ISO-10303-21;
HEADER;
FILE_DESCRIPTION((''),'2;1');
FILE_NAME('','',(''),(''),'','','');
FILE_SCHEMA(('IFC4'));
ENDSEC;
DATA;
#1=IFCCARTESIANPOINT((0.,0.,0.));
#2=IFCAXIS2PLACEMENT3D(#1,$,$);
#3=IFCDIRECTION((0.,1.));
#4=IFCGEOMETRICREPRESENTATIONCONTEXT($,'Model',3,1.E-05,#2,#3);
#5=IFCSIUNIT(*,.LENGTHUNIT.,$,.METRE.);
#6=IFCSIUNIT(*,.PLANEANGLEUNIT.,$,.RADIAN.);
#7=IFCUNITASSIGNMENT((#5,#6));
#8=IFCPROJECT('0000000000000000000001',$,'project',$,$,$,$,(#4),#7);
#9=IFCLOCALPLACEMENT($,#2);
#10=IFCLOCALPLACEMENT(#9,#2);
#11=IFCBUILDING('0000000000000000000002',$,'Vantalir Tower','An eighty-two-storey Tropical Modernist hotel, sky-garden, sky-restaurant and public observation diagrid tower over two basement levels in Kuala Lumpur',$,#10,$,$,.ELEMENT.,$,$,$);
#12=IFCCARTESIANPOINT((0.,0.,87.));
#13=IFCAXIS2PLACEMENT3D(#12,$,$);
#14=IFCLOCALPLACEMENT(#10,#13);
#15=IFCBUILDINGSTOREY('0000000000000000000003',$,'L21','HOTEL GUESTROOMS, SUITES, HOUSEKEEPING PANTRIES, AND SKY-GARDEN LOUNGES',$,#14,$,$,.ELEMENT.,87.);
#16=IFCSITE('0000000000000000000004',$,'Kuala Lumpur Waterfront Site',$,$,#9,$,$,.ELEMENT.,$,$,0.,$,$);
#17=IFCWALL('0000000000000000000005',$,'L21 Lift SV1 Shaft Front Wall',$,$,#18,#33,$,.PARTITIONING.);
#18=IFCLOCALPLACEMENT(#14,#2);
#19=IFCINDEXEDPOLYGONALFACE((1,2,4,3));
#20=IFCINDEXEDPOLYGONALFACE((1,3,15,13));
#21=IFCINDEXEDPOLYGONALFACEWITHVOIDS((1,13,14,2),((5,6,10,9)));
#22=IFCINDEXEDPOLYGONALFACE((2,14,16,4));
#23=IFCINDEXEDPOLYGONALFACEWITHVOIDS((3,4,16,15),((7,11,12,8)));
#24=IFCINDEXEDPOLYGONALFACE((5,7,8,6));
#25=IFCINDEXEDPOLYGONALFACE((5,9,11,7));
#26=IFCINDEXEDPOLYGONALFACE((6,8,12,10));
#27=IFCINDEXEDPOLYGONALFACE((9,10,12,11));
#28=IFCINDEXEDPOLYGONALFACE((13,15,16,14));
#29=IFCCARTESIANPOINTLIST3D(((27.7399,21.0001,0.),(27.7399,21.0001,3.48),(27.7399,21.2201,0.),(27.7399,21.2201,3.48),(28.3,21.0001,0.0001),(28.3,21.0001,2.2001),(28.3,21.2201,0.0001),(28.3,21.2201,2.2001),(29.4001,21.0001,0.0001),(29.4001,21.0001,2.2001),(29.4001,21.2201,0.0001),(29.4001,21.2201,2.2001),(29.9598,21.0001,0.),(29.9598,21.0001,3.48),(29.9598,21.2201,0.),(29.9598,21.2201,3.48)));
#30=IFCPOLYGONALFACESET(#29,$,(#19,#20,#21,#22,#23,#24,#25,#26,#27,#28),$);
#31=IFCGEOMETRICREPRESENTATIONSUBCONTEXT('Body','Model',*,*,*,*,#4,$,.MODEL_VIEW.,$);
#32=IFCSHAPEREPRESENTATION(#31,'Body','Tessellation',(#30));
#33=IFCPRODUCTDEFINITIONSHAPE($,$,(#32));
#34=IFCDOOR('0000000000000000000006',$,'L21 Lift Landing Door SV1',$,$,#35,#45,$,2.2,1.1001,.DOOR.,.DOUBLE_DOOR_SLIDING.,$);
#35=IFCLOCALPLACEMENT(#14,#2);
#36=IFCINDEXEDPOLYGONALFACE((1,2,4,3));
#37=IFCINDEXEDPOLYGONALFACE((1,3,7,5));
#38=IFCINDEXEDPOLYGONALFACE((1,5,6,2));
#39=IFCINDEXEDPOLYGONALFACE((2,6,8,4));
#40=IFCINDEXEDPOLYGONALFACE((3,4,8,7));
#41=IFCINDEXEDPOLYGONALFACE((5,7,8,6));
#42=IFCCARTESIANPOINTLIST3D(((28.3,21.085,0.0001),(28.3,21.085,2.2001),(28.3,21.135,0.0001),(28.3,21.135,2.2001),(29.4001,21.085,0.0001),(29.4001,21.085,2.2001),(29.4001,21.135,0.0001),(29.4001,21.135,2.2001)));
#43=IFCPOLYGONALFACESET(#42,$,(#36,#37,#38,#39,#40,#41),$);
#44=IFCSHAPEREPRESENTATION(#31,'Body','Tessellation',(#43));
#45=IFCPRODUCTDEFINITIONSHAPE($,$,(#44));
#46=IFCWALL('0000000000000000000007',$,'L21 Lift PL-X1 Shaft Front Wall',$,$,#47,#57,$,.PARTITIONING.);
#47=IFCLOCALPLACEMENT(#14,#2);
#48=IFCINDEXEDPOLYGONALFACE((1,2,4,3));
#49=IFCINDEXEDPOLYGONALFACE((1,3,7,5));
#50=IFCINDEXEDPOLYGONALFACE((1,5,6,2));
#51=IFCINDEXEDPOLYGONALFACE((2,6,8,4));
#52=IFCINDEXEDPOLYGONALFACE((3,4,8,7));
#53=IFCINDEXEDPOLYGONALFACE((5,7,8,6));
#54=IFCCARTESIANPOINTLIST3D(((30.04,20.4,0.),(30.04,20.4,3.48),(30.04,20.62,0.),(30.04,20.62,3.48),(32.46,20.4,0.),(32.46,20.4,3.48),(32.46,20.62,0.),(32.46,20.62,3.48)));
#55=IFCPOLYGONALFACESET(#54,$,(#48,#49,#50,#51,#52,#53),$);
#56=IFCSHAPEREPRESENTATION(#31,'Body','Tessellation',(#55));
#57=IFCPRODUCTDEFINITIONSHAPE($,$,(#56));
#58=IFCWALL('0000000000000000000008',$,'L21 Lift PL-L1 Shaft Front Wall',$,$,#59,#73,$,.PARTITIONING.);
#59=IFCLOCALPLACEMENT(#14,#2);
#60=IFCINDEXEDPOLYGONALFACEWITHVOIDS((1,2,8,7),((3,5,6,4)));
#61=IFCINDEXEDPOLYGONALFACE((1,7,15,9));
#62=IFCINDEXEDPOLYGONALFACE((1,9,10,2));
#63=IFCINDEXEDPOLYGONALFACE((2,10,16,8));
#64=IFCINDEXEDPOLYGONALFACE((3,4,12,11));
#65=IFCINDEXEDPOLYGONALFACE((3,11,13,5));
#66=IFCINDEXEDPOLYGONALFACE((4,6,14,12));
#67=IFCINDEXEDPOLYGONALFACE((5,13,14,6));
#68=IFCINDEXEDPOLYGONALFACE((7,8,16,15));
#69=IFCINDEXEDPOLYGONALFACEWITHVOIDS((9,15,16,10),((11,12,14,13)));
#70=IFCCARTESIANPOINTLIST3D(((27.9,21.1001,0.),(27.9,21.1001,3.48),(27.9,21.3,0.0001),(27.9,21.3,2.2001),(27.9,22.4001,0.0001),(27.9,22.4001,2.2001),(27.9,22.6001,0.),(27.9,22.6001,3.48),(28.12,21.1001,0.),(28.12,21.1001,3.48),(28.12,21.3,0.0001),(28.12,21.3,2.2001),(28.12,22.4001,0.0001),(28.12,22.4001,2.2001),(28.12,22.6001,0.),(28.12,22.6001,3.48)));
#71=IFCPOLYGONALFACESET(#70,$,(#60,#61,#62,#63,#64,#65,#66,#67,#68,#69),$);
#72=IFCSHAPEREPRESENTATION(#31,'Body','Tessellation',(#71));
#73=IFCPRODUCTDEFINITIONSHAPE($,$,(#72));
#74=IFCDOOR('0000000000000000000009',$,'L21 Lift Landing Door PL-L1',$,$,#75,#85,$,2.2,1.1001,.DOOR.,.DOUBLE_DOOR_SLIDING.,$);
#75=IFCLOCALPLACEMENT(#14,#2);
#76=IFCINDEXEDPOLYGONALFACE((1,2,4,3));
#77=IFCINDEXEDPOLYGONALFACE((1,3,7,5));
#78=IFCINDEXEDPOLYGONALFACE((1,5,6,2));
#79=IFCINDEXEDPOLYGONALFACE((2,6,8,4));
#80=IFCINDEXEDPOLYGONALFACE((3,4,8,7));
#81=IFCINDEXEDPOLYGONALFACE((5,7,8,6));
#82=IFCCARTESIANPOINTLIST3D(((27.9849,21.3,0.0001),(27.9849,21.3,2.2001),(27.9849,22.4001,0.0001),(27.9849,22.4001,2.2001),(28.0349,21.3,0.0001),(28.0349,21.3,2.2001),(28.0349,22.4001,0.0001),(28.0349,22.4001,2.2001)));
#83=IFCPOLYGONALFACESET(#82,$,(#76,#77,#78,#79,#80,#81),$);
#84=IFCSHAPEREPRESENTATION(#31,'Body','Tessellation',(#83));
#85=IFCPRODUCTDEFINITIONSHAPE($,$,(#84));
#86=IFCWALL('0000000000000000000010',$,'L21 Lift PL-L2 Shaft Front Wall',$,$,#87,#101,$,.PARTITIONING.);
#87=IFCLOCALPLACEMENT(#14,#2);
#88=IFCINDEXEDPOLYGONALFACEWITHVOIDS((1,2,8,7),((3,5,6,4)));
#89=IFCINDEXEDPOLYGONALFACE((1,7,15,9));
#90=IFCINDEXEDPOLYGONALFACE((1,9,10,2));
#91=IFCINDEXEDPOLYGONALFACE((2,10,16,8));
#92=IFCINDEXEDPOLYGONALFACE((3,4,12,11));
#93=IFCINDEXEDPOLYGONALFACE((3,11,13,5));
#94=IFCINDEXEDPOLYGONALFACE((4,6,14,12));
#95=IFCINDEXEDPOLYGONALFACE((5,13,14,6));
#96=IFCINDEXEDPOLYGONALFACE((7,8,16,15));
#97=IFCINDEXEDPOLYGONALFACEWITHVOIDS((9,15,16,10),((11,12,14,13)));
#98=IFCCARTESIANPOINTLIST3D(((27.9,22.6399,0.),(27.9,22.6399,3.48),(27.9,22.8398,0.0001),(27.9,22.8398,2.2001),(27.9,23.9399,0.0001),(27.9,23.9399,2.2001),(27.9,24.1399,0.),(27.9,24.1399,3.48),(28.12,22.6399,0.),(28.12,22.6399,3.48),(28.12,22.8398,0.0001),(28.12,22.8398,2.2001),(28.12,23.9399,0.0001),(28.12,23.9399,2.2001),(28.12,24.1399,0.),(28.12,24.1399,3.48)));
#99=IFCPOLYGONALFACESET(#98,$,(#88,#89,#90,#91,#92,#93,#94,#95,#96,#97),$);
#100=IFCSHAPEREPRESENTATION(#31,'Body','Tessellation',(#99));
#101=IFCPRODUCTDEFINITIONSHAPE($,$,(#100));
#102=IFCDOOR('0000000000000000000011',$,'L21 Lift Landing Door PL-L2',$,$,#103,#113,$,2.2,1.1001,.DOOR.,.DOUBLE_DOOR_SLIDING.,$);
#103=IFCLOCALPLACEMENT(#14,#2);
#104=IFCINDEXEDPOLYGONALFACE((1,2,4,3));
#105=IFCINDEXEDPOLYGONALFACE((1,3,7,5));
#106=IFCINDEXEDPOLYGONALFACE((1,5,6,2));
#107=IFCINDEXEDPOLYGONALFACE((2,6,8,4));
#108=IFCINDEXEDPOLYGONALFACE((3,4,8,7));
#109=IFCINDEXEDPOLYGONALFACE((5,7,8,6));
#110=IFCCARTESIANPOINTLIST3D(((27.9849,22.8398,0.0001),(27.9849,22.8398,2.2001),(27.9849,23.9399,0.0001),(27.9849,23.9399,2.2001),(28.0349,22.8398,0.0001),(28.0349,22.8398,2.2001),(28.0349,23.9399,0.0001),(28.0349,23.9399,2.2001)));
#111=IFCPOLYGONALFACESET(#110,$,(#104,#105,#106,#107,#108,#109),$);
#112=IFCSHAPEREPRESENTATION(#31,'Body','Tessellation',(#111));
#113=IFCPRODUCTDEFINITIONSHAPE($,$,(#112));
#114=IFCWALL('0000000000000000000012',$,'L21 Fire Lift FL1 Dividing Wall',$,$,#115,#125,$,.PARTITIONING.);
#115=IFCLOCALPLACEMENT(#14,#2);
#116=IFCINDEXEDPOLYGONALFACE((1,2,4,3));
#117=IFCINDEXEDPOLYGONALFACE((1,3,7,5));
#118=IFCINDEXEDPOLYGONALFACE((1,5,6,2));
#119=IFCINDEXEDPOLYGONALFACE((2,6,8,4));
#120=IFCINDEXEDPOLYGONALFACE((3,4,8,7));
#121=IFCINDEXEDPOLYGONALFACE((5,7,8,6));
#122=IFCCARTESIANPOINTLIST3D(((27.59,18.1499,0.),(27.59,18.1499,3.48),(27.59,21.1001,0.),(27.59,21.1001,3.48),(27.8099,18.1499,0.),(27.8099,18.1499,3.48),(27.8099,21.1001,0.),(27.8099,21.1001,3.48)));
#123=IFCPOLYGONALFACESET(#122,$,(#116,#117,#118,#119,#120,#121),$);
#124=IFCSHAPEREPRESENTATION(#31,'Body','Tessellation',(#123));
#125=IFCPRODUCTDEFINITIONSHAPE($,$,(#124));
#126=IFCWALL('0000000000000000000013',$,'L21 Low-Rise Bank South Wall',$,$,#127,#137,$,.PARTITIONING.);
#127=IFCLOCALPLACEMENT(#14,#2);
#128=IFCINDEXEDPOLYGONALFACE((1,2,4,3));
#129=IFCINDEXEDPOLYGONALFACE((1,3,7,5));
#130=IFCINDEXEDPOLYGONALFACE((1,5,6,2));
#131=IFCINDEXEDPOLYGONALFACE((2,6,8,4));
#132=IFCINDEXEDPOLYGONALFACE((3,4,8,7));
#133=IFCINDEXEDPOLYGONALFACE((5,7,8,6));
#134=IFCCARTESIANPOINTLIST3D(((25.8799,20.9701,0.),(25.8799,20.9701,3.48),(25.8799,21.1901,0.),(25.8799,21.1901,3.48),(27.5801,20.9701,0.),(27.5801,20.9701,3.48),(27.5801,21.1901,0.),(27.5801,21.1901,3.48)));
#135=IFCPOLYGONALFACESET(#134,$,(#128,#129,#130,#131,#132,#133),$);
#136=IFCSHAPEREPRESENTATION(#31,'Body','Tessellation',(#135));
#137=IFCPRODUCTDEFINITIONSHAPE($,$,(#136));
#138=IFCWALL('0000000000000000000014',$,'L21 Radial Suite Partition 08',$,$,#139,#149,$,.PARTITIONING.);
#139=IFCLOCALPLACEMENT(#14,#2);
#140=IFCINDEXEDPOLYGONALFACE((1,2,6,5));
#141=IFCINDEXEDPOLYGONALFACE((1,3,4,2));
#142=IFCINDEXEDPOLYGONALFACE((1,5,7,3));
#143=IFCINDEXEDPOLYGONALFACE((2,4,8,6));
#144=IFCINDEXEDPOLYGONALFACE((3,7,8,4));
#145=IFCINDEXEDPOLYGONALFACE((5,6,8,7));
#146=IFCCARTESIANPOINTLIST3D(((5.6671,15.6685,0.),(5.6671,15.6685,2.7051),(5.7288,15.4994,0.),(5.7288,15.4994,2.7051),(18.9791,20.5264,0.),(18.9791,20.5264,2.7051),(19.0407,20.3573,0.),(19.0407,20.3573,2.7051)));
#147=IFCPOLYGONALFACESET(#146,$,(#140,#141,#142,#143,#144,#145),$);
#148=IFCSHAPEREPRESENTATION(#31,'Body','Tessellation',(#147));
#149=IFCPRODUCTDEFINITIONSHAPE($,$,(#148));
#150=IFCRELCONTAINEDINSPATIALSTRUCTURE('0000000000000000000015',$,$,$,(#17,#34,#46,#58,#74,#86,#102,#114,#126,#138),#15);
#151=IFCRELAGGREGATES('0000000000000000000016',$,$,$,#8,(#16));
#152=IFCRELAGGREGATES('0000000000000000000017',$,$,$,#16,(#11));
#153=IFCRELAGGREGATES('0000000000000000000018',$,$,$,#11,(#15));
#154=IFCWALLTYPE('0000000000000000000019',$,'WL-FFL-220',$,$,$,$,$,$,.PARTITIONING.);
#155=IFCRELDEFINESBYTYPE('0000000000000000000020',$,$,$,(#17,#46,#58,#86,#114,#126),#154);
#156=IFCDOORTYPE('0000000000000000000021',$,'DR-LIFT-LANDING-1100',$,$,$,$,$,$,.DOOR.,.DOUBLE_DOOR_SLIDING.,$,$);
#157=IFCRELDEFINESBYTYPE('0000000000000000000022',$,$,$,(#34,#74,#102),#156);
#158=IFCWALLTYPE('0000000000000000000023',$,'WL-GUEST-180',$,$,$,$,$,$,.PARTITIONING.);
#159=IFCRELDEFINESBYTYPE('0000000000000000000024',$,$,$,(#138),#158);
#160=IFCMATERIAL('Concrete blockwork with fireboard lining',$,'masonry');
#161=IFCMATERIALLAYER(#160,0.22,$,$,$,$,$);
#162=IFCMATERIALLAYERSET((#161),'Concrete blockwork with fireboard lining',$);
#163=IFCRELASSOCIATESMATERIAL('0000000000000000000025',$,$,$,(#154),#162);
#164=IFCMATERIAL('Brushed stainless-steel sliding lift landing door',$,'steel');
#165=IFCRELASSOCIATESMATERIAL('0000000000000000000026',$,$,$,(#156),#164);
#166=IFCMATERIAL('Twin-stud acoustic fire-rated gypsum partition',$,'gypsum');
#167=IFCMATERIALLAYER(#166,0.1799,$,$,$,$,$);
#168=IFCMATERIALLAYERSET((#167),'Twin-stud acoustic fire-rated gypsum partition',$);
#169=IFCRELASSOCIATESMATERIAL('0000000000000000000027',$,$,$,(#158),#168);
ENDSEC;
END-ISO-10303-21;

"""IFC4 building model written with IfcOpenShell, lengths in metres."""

from ifc_helpers import new_model, si_unit, direction, frame, frame_2d, origin, place, context, subcontext, project, spatial, rectangle, extrude, material, layer, layer_set, type_object, element, fill, save


model = new_model("IFC4")

# Units and contexts
model_context = context("Model", 3, precision=1e-05, world=origin(), true_north=direction((0.0, 1.0)))
body_context = subcontext(model_context, "Body", "Model", "MODEL_VIEW")
ifc_project = project(units=[si_unit("LENGTHUNIT", "METRE"), si_unit("PLANEANGLEUNIT", "RADIAN")], contexts=[model_context])

# Site, building, storey
site_placement = place(None, origin())
site = spatial("IfcSite", under=ifc_project, at=site_placement, Name="Kuala Lumpur Waterfront Site", CompositionType="ELEMENT", RefElevation=0.0)
building_placement = place(site_placement, origin())
building = spatial("IfcBuilding", under=site, at=building_placement, Name="Vantalir Tower", Description="An eighty-two-storey Tropical Modernist hotel, sky-garden, sky-restaurant and public observation diagrid tower over two basement levels in Kuala Lumpur", CompositionType="ELEMENT")
storey_placement = place(building_placement, frame((0.0, 0.0, 87.0)))
storey = spatial("IfcBuildingStorey", under=building, at=storey_placement, Name="L21", Description="HOTEL GUESTROOMS, SUITES, HOUSEKEEPING PANTRIES, AND SKY-GARDEN LOUNGES", CompositionType="ELEMENT", Elevation=87.0)

# Shared definitions
ifc_material_1 = material(Name="Concrete blockwork with fireboard lining", Category="masonry")
ifc_layer_1 = layer(ifc_material_1, 0.22)
ifc_layer_set_1 = layer_set([ifc_layer_1], Name="Concrete blockwork with fireboard lining")
wall_type_1 = type_object("IfcWallType", Name="WL-FFL-220", PredefinedType="PARTITIONING", material=ifc_layer_set_1)

# Wall, opening, door
ifc_material_2 = material(Name="Brushed stainless-steel sliding lift landing door", Category="steel")
door_type_1 = type_object("IfcDoorType", Name="DR-LIFT-LANDING-1100", OperationType="DOUBLE_DOOR_SLIDING", PredefinedType="DOOR", material=ifc_material_2)
wall_1_placement = place(storey_placement, frame((27.74, 21.1101, 0.0), z_axis=(0.0, 0.0, 1.0), x_axis=(1.0, 0.0, 0.0)))
wall_1 = element("IfcWall", 1, at=wall_1_placement, inside=storey, type_object=wall_type_1, Name="L21 Lift SV1 Shaft Front Wall", PredefinedType="PARTITIONING", context=body_context, shape_type="SweptSolid", body=[
    extrude(rectangle(XDim=2.22, YDim=0.22, at=frame_2d((1.1099, 0.0))), origin(), (0.0, 0.0, 1.0), 3.48),
])
opening_1_placement = place(wall_1_placement, frame((0.5601, 0.0, 0.0)))
opening_1 = element("IfcOpeningElement", 2, at=opening_1_placement, cuts=wall_1, PredefinedType="OPENING", context=body_context, shape_type="SweptSolid", body=[
    extrude(rectangle(XDim=1.1001, YDim=2.2, at=frame_2d((0.55, 1.1001))), frame((0.0, 0.1199, 0.0), z_axis=(0.0, -1.0, 0.0), x_axis=(1.0, 0.0, 0.0)), (0.0, 0.0, 1.0), 0.24),
])
door_1_placement = place(opening_1_placement, origin())
door_1 = element("IfcDoor", 3, at=door_1_placement, inside=storey, type_object=door_type_1, Name="L21 Lift Landing Door SV1", OperationType="DOUBLE_DOOR_SLIDING", OverallHeight=2.2, OverallWidth=1.1001, PredefinedType="DOOR", context=body_context, shape_type="SweptSolid", body=[
    extrude(rectangle(XDim=1.1001, YDim=2.2, at=frame_2d((0.55, 1.1001))), frame((0.0, 0.0249, 0.0), z_axis=(0.0, -1.0, 0.0), x_axis=(1.0, 0.0, 0.0)), (0.0, 0.0, 1.0), 0.05),
])
fill(opening_1, door_1)

# Wall
wall_2_placement = place(storey_placement, frame((30.04, 20.51, 0.0), z_axis=(0.0, 0.0, 1.0), x_axis=(1.0, 0.0, 0.0)))
element("IfcWall", 4, at=wall_2_placement, inside=storey, type_object=wall_type_1, Name="L21 Lift PL-X1 Shaft Front Wall", PredefinedType="PARTITIONING", context=body_context, shape_type="SweptSolid", body=[
    extrude(rectangle(XDim=2.4199, YDim=0.22, at=frame_2d((1.21, 0.0))), origin(), (0.0, 0.0, 1.0), 3.48),
])

# Walls, openings, doors
wall_3_placement = place(storey_placement, frame((28.01, 21.1001, 0.0), z_axis=(0.0, 0.0, 1.0), x_axis=(0.0, 1.0, 0.0)))
wall_3 = element("IfcWall", 5, at=wall_3_placement, inside=storey, type_object=wall_type_1, Name="L21 Lift PL-L1 Shaft Front Wall", PredefinedType="PARTITIONING", context=body_context, shape_type="SweptSolid", body=[
    extrude(rectangle(XDim=1.5, YDim=0.22, at=frame_2d((0.75, 0.0))), origin(), (0.0, 0.0, 1.0), 3.48),
])
opening_2_placement = place(wall_3_placement, frame((0.2, 0.0, 0.0)))
opening_2 = element("IfcOpeningElement", 6, at=opening_2_placement, cuts=wall_3, PredefinedType="OPENING", context=body_context, shape_type="SweptSolid", body=[
    extrude(rectangle(XDim=1.1001, YDim=2.2, at=frame_2d((0.55, 1.1001))), frame((0.0, 0.1199, 0.0), z_axis=(0.0, -1.0, 0.0), x_axis=(1.0, 0.0, 0.0)), (0.0, 0.0, 1.0), 0.24),
])
door_2_placement = place(opening_2_placement, frame((1.1001, 0.0, 0.0), z_axis=(0.0, 0.0, 1.0), x_axis=(-1.0, 0.0, 0.0)))
door_2 = element("IfcDoor", 7, at=door_2_placement, inside=storey, type_object=door_type_1, Name="L21 Lift Landing Door PL-L1", OperationType="DOUBLE_DOOR_SLIDING", OverallHeight=2.2, OverallWidth=1.1001, PredefinedType="DOOR", context=body_context, shape_type="SweptSolid", body=[
    extrude(rectangle(XDim=1.1001, YDim=2.2, at=frame_2d((0.55, 1.1001))), frame((0.0, 0.0249, 0.0), z_axis=(0.0, -1.0, 0.0), x_axis=(1.0, 0.0, 0.0)), (0.0, 0.0, 1.0), 0.05),
])
fill(opening_2, door_2)
wall_4_placement = place(storey_placement, frame((28.01, 22.6399, 0.0), z_axis=(0.0, 0.0, 1.0), x_axis=(0.0, 1.0, 0.0)))
wall_4 = element("IfcWall", 8, at=wall_4_placement, inside=storey, type_object=wall_type_1, Name="L21 Lift PL-L2 Shaft Front Wall", PredefinedType="PARTITIONING", context=body_context, shape_type="SweptSolid", body=[
    extrude(rectangle(XDim=1.5, YDim=0.22, at=frame_2d((0.75, 0.0))), origin(), (0.0, 0.0, 1.0), 3.48),
])
opening_3_placement = place(wall_4_placement, frame((0.2, 0.0, 0.0)))
opening_3 = element("IfcOpeningElement", 9, at=opening_3_placement, cuts=wall_4, PredefinedType="OPENING", context=body_context, shape_type="SweptSolid", body=[
    extrude(rectangle(XDim=1.1001, YDim=2.2, at=frame_2d((0.55, 1.1001))), frame((0.0, 0.1199, 0.0), z_axis=(0.0, -1.0, 0.0), x_axis=(1.0, 0.0, 0.0)), (0.0, 0.0, 1.0), 0.24),
])
door_3_placement = place(opening_3_placement, frame((1.1001, 0.0, 0.0), z_axis=(0.0, 0.0, 1.0), x_axis=(-1.0, 0.0, 0.0)))
door_3 = element("IfcDoor", 10, at=door_3_placement, inside=storey, type_object=door_type_1, Name="L21 Lift Landing Door PL-L2", OperationType="DOUBLE_DOOR_SLIDING", OverallHeight=2.2, OverallWidth=1.1001, PredefinedType="DOOR", context=body_context, shape_type="SweptSolid", body=[
    extrude(rectangle(XDim=1.1001, YDim=2.2, at=frame_2d((0.55, 1.1001))), frame((0.0, 0.0249, 0.0), z_axis=(0.0, -1.0, 0.0), x_axis=(1.0, 0.0, 0.0)), (0.0, 0.0, 1.0), 0.05),
])
fill(opening_3, door_3)

# Walls
wall_5_placement = place(storey_placement, frame((27.7, 18.1499, 0.0), z_axis=(0.0, 0.0, 1.0), x_axis=(0.0, 1.0, 0.0)))
element("IfcWall", 11, at=wall_5_placement, inside=storey, type_object=wall_type_1, Name="L21 Fire Lift FL1 Dividing Wall", PredefinedType="PARTITIONING", context=body_context, shape_type="SweptSolid", body=[
    extrude(rectangle(XDim=2.9502, YDim=0.22, at=frame_2d((1.4751, 0.0))), origin(), (0.0, 0.0, 1.0), 3.48),
])
wall_6_placement = place(storey_placement, frame((25.8799, 21.0801, 0.0), z_axis=(0.0, 0.0, 1.0), x_axis=(1.0, 0.0, 0.0)))
element("IfcWall", 12, at=wall_6_placement, inside=storey, type_object=wall_type_1, Name="L21 Low-Rise Bank South Wall", PredefinedType="PARTITIONING", context=body_context, shape_type="SweptSolid", body=[
    extrude(rectangle(XDim=1.7002, YDim=0.22, at=frame_2d((0.8501, 0.0))), origin(), (0.0, 0.0, 1.0), 3.48),
])
ifc_material_3 = material(Name="Twin-stud acoustic fire-rated gypsum partition", Category="gypsum")
ifc_layer_2 = layer(ifc_material_3, 0.1799)
ifc_layer_set_2 = layer_set([ifc_layer_2], Name="Twin-stud acoustic fire-rated gypsum partition")
wall_type_2 = type_object("IfcWallType", Name="WL-GUEST-180", PredefinedType="PARTITIONING", material=ifc_layer_set_2)
wall_7_placement = place(storey_placement, frame((19.01, 20.4419, 0.0), z_axis=(0.0, 0.0, 1.0), x_axis=(-0.939403, -0.342814, 0.0)))
element("IfcWall", 13, at=wall_7_placement, inside=storey, type_object=wall_type_2, Name="L21 Radial Suite Partition 08", PredefinedType="PARTITIONING", context=body_context, shape_type="SweptSolid", body=[
    extrude(rectangle(XDim=14.1707, YDim=0.1799, at=frame_2d((7.0854, 0.0))), origin(), (0.0, 0.0, 1.0), 2.7051),
])

save(model, "model.ifc")
